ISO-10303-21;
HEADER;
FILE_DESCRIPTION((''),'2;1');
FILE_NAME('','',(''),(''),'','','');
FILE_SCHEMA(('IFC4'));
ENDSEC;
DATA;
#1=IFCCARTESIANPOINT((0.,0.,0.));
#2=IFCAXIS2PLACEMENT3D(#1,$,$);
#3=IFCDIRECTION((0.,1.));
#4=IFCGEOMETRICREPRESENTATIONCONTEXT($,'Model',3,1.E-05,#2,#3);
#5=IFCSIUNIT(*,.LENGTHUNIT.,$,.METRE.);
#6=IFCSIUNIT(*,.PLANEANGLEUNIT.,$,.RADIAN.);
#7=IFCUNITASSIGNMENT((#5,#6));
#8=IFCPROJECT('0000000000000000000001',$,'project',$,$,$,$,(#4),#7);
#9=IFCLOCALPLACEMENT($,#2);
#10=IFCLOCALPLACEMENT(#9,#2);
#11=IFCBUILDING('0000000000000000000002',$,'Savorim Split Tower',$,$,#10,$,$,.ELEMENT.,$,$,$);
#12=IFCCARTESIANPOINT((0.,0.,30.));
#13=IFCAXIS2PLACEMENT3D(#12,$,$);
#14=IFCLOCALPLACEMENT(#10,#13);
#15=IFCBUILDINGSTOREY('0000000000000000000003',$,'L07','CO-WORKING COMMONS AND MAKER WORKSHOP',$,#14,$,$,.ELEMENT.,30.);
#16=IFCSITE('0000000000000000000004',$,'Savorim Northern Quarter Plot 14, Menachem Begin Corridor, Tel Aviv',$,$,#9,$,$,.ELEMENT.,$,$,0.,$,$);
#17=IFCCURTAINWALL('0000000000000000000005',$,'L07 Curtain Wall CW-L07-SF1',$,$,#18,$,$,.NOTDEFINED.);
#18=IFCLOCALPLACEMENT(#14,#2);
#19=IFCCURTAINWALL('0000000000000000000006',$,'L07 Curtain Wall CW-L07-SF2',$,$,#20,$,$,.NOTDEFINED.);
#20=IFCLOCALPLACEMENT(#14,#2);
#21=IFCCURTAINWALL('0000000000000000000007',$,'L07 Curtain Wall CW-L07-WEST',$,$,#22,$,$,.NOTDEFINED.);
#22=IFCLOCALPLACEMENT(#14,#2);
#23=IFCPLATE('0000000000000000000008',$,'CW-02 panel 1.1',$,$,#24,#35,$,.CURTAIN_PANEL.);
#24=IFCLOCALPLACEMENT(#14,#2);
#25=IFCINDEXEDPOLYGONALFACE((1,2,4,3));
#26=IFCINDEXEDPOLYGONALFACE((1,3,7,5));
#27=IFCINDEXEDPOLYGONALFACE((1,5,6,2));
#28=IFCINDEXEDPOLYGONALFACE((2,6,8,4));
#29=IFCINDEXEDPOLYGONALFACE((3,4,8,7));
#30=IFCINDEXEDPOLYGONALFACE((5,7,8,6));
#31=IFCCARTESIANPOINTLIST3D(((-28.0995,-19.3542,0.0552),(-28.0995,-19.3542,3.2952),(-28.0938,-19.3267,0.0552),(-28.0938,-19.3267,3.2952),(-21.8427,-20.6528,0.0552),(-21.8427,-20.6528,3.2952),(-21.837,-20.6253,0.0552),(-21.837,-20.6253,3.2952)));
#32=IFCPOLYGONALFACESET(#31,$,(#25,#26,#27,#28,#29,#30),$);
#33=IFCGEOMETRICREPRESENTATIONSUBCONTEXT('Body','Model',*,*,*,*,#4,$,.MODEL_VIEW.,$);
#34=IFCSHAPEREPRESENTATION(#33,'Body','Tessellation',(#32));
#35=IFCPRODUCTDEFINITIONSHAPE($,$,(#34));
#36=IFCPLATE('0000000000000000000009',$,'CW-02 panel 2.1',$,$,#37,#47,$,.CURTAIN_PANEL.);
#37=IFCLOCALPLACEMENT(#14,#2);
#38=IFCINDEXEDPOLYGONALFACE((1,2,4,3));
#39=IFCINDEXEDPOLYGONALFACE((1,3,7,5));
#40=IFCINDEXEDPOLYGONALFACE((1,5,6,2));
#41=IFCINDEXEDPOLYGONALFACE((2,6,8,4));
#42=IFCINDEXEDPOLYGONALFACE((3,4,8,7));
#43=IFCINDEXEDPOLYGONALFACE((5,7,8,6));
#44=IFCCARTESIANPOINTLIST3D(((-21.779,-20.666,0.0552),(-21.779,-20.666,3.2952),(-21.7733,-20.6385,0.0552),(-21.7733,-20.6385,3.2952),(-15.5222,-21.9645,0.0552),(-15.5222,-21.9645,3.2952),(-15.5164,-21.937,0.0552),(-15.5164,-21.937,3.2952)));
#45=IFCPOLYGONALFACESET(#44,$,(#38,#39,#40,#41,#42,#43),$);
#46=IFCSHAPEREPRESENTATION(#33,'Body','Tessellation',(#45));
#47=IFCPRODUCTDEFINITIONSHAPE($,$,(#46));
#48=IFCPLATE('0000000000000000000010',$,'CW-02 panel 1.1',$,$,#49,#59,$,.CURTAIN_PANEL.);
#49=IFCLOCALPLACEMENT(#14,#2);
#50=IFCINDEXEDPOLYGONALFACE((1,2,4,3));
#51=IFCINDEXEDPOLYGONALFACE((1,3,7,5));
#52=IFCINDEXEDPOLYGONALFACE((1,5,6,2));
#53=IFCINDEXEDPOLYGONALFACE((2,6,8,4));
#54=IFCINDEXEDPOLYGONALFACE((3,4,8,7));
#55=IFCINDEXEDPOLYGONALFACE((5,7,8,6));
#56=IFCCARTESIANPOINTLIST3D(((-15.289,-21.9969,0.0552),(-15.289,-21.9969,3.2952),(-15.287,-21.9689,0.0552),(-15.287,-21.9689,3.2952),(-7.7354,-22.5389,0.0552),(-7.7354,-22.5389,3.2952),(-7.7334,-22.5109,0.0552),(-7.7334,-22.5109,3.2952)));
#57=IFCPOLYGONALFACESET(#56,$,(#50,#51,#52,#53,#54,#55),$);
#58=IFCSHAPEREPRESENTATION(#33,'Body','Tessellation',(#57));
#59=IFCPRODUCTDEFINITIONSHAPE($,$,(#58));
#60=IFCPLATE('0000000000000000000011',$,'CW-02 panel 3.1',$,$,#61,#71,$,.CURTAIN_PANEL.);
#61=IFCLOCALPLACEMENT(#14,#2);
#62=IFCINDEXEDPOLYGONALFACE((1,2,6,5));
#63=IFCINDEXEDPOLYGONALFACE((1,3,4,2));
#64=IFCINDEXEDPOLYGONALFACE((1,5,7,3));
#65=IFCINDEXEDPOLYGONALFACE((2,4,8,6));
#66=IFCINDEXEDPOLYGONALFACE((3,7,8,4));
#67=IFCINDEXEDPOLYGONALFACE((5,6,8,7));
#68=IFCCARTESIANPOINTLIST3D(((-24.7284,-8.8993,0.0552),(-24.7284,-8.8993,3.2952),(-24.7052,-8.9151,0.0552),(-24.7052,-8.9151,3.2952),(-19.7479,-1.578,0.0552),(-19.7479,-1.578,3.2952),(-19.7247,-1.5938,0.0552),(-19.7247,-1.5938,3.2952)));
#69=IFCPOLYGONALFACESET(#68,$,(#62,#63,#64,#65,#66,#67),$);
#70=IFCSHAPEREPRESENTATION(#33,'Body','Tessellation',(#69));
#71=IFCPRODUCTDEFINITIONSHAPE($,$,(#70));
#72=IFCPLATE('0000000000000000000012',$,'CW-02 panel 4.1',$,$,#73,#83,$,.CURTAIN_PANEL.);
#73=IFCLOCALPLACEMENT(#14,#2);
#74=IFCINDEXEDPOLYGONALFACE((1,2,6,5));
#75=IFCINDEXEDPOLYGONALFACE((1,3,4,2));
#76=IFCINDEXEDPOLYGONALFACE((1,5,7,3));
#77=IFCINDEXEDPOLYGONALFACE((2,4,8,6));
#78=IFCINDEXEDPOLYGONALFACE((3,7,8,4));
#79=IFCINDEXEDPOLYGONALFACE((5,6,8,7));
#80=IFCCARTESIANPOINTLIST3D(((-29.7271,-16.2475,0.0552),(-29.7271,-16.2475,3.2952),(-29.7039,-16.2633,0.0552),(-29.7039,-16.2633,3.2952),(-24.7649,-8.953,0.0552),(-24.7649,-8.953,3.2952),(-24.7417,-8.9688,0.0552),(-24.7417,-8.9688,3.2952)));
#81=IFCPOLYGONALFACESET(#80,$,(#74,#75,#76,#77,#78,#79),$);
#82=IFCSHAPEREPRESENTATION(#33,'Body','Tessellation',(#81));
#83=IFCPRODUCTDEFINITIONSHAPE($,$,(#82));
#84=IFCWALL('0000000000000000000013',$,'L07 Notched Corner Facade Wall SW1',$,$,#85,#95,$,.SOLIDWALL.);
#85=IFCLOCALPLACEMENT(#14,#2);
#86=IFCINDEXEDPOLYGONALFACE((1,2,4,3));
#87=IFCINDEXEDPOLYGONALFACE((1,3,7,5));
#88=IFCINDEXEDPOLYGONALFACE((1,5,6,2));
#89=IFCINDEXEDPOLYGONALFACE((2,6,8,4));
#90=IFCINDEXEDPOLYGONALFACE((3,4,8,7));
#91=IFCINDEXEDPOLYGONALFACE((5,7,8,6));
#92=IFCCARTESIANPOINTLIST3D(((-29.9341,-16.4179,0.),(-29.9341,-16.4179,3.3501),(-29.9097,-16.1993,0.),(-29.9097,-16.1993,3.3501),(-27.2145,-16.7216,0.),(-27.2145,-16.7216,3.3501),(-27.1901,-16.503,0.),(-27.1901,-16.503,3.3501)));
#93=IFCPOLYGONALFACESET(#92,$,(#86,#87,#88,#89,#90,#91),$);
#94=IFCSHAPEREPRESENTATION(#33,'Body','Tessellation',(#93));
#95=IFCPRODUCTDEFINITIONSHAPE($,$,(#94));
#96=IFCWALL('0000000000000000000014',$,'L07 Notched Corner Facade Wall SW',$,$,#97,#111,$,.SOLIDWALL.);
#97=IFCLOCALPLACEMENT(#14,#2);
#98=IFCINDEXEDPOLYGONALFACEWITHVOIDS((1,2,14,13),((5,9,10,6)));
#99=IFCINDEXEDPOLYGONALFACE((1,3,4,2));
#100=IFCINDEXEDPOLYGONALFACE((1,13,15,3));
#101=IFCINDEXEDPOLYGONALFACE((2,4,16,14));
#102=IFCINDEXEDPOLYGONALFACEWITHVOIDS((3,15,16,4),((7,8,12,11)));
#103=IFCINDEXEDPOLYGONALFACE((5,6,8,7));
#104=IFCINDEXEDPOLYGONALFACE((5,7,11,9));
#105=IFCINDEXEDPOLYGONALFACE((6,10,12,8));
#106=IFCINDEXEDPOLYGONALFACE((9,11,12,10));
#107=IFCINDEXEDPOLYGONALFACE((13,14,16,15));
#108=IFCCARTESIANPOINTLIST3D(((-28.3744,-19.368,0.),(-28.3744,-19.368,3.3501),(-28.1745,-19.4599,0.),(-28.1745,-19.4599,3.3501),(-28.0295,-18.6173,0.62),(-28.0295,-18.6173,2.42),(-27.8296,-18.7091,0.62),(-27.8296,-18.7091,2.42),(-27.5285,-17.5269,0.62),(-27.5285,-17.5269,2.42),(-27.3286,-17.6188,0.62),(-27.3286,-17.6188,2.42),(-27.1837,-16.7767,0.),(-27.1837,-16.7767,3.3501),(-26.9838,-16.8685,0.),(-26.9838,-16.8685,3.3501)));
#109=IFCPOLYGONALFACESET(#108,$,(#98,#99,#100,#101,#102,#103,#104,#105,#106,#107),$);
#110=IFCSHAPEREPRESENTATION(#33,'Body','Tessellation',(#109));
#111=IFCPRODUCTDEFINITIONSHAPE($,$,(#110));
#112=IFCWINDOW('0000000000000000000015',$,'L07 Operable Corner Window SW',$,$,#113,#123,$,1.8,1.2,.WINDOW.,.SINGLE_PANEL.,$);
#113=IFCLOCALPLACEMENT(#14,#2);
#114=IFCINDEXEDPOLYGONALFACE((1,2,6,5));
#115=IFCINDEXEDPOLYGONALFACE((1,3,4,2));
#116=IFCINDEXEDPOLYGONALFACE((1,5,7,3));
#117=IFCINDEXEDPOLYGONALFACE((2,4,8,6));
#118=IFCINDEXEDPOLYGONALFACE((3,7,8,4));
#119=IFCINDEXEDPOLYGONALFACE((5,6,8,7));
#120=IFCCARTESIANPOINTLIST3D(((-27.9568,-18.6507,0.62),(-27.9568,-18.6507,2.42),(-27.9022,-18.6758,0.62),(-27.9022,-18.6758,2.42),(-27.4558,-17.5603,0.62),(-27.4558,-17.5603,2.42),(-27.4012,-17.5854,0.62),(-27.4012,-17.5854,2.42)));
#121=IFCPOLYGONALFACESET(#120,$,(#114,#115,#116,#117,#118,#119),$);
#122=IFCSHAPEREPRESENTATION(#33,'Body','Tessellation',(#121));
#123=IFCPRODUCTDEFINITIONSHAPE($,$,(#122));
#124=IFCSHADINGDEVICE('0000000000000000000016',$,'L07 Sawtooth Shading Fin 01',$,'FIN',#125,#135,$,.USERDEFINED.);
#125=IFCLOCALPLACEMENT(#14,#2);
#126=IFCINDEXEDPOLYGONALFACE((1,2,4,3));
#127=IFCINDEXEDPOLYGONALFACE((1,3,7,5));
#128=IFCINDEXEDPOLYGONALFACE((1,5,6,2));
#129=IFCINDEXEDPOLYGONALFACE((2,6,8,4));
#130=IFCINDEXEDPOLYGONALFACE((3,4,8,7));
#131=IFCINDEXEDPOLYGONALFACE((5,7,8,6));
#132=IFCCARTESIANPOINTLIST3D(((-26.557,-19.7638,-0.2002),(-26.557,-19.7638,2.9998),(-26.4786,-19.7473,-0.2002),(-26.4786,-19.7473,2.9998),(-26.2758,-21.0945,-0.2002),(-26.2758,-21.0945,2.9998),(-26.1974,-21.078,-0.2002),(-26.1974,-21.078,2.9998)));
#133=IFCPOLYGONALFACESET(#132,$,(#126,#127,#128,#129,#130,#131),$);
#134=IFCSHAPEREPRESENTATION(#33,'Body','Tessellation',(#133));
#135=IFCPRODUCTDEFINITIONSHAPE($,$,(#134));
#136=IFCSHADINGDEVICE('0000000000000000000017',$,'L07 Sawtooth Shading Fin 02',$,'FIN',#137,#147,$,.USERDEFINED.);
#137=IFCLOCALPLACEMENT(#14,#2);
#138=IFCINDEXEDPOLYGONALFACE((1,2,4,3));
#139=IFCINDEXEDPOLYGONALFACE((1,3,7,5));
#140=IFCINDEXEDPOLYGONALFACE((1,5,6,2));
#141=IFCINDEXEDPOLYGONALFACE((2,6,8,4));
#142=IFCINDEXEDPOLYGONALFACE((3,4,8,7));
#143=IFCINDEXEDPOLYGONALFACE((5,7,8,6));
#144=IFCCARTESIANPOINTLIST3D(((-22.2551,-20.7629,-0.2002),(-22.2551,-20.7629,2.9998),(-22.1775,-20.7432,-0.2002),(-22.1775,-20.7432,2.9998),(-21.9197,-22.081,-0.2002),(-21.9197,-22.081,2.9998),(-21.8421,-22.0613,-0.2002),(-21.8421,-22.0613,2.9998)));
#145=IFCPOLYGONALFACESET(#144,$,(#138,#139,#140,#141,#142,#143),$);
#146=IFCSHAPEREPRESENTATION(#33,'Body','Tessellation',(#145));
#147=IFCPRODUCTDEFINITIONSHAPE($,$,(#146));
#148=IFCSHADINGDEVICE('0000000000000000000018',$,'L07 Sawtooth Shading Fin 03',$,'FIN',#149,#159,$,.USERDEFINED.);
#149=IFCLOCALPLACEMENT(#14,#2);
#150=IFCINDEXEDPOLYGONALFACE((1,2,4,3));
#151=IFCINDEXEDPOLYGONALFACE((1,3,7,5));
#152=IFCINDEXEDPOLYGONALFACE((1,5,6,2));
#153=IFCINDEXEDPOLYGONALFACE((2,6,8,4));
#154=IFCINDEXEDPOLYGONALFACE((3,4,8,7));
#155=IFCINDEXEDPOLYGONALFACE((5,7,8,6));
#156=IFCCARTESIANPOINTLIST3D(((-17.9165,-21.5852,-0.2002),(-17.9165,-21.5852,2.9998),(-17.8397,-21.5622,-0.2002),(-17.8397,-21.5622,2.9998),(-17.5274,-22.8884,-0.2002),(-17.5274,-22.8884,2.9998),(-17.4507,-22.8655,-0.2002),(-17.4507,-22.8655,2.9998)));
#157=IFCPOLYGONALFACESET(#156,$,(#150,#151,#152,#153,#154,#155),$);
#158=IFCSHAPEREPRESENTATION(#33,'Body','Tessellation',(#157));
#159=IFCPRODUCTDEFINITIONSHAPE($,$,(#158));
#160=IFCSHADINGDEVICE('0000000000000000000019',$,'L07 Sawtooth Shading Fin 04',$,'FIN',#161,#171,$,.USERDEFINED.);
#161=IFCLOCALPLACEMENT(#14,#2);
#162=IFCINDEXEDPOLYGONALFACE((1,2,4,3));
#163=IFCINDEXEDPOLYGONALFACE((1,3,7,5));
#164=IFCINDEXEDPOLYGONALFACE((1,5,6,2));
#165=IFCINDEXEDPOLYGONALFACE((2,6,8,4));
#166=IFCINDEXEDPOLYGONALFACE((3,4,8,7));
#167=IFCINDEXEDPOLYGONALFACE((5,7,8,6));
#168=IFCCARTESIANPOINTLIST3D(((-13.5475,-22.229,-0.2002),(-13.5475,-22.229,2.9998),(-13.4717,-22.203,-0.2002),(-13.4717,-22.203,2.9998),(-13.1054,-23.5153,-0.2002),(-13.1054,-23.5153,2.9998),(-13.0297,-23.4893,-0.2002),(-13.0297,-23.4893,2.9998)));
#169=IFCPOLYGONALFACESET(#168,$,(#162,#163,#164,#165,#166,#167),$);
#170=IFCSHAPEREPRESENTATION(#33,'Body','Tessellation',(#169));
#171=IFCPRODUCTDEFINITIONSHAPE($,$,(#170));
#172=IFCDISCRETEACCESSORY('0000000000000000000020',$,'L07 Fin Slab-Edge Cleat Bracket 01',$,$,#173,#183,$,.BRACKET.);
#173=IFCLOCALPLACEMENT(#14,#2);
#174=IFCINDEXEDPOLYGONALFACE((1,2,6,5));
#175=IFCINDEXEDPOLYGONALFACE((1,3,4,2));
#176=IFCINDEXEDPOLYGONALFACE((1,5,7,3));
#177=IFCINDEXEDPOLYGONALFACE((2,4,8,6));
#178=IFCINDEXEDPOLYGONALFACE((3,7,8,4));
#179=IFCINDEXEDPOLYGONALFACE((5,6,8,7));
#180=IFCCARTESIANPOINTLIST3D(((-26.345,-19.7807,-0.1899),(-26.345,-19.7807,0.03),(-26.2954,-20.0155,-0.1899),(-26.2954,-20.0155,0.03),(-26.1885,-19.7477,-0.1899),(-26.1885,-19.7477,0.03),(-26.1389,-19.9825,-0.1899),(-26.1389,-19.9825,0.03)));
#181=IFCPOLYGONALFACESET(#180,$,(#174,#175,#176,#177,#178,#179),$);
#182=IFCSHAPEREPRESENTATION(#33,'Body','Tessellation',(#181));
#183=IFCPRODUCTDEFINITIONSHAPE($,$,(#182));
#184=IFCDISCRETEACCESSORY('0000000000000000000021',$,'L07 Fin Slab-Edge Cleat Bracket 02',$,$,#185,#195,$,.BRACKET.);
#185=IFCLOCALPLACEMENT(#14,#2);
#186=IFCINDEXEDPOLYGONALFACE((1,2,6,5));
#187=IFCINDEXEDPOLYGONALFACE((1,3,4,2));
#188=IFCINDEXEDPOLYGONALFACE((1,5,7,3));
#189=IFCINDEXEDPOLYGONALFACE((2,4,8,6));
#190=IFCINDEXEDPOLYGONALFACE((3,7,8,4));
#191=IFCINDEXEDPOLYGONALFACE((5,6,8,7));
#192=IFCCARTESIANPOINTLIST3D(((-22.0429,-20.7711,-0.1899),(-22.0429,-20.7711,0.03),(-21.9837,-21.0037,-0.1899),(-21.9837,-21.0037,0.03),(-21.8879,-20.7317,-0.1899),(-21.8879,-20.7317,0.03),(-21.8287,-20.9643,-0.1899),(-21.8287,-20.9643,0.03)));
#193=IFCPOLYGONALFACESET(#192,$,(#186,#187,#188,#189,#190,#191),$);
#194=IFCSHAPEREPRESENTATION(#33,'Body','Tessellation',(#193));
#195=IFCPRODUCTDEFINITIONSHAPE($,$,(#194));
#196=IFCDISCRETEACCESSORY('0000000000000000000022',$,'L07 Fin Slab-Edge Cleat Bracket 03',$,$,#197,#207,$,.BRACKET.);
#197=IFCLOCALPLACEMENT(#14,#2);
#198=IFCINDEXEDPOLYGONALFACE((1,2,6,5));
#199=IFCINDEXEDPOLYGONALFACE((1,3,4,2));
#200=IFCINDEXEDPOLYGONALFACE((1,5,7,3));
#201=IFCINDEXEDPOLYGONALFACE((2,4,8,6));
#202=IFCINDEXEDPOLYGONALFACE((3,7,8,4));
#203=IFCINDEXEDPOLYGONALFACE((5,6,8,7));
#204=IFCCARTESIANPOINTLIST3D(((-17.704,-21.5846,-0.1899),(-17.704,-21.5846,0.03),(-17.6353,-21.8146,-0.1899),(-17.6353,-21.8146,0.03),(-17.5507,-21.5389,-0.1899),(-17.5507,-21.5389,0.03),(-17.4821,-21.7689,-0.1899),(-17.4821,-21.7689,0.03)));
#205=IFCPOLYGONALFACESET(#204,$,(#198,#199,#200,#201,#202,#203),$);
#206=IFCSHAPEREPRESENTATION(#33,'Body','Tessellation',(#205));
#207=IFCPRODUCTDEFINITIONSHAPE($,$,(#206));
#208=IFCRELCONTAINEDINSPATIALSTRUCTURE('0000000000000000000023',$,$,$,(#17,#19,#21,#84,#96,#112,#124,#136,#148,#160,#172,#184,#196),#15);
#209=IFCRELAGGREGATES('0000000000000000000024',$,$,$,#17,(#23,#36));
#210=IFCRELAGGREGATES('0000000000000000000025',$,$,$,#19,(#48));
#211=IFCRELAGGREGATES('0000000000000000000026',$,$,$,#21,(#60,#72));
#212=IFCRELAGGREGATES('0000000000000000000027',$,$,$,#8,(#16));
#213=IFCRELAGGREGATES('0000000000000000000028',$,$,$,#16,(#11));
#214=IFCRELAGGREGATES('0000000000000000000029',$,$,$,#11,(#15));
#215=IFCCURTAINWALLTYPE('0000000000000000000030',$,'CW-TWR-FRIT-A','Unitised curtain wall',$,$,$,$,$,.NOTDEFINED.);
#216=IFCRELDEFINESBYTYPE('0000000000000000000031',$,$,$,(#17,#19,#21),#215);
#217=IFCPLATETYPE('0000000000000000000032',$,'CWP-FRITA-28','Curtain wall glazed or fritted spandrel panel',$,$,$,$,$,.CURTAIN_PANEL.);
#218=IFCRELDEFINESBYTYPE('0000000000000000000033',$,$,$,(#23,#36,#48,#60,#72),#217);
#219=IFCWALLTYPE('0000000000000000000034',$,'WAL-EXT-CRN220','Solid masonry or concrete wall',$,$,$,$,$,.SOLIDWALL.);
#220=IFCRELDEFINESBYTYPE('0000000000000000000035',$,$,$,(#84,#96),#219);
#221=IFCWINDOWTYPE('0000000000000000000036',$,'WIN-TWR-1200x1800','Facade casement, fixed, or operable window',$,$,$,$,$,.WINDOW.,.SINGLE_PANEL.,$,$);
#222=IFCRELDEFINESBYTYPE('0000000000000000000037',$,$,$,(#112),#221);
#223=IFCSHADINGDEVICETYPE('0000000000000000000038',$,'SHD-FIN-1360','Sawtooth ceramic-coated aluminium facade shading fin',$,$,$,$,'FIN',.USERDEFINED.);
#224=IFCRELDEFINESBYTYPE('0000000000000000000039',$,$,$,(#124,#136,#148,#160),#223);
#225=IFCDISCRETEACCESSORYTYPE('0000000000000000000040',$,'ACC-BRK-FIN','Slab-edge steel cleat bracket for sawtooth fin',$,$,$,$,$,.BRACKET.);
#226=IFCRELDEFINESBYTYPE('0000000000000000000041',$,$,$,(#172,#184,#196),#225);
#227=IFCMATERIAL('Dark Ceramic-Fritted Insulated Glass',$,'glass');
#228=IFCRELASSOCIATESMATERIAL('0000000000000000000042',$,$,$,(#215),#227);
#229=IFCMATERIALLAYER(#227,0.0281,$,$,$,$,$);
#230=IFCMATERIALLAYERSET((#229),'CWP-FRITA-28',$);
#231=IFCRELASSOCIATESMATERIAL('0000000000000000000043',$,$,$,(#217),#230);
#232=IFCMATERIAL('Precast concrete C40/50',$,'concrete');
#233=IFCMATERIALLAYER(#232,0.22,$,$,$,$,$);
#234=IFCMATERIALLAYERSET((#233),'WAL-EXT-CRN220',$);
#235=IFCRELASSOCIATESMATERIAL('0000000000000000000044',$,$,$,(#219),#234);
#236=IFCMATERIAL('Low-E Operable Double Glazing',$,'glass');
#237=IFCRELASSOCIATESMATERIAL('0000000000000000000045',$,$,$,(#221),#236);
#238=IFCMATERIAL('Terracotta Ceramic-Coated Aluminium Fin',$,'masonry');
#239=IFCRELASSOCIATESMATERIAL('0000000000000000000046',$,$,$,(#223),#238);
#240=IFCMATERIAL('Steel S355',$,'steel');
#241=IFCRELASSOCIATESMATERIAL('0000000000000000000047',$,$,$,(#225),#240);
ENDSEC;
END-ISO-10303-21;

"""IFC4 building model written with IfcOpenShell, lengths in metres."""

from ifc_helpers import new_model, si_unit, direction, frame, frame_2d, origin, origin_2d, place, context, subcontext, project, spatial, rectangle, extrude, material, layer, layer_set, type_object, element, fill, aggregate, save


model = new_model("IFC4")

# Units and contexts
model_context = context("Model", 3, precision=1e-05, world=origin(), true_north=direction((0.0, 1.0)))
body_context = subcontext(model_context, "Body", "Model", "MODEL_VIEW")
ifc_project = project(units=[si_unit("LENGTHUNIT", "METRE"), si_unit("PLANEANGLEUNIT", "RADIAN")], contexts=[model_context])

# Site, building, storey
site_placement = place(None, origin())
site = spatial("IfcSite", under=ifc_project, at=site_placement, Name="Savorim Northern Quarter Plot 14, Menachem Begin Corridor, Tel Aviv", CompositionType="ELEMENT", RefElevation=0.0)
building_placement = place(site_placement, origin())
building = spatial("IfcBuilding", under=site, at=building_placement, Name="Savorim Split Tower", CompositionType="ELEMENT")
storey_placement = place(building_placement, frame((0.0, 0.0, 30.0)))
storey = spatial("IfcBuildingStorey", under=building, at=storey_placement, Name="L07", Description="CO-WORKING COMMONS AND MAKER WORKSHOP", CompositionType="ELEMENT", Elevation=30.0)

# Shared definitions
ifc_material_1 = material(Name="Steel S355", Category="steel")

# Curtain wall
ifc_material_2 = material(Name="Dark Ceramic-Fritted Insulated Glass", Category="glass")
curtain_wall_type = type_object("IfcCurtainWallType", Name="CW-TWR-FRIT-A", Description="Unitised curtain wall", PredefinedType="NOTDEFINED", material=ifc_material_2)
curtain_wall_1_placement = place(storey_placement, origin())
curtain_wall_1 = element("IfcCurtainWall", 1, at=curtain_wall_1_placement, inside=storey, type_object=curtain_wall_type, Name="L07 Curtain Wall CW-L07-SF1", PredefinedType="NOTDEFINED")

# Curtain wall
curtain_wall_2_placement = place(storey_placement, origin())
curtain_wall_2 = element("IfcCurtainWall", 2, at=curtain_wall_2_placement, inside=storey, type_object=curtain_wall_type, Name="L07 Curtain Wall CW-L07-SF2", PredefinedType="NOTDEFINED")

# Curtain wall
curtain_wall_3_placement = place(storey_placement, origin())
curtain_wall_3 = element("IfcCurtainWall", 3, at=curtain_wall_3_placement, inside=storey, type_object=curtain_wall_type, Name="L07 Curtain Wall CW-L07-WEST", PredefinedType="NOTDEFINED")

# Plates
ifc_layer_1 = layer(ifc_material_2, 0.0281)
ifc_layer_set_1 = layer_set([ifc_layer_1], Name="CWP-FRITA-28")
plate_type = type_object("IfcPlateType", Name="CWP-FRITA-28", Description="Curtain wall glazed or fritted spandrel panel", PredefinedType="CURTAIN_PANEL", material=ifc_layer_set_1)
plate_1_placement = place(storey_placement, frame((-24.9683, -19.9897, 0.0552), z_axis=(0.0, 0.0, 1.0), x_axis=(0.979135, -0.20321, 0.0)))
plate_1 = element("IfcPlate", 4, at=plate_1_placement, type_object=plate_type, Name="CW-02 panel 1.1", PredefinedType="CURTAIN_PANEL", context=body_context, shape_type="SweptSolid", body=[
    extrude(rectangle(XDim=6.3901, YDim=0.0281, at=origin_2d()), origin(), (0.0, 0.0, 1.0), 3.24),
])
plate_2_placement = place(storey_placement, frame((-18.6477, -21.3015, 0.0552), z_axis=(0.0, 0.0, 1.0), x_axis=(0.979135, -0.20321, 0.0)))
plate_2 = element("IfcPlate", 5, at=plate_2_placement, type_object=plate_type, Name="CW-02 panel 2.1", PredefinedType="CURTAIN_PANEL", context=body_context, shape_type="SweptSolid", body=[
    extrude(rectangle(XDim=6.3901, YDim=0.0281, at=origin_2d()), origin(), (0.0, 0.0, 1.0), 3.24),
])
aggregate(curtain_wall_1, [plate_1, plate_2])
plate_3_placement = place(storey_placement, frame((-11.5112, -22.2539, 0.0552), z_axis=(0.0, 0.0, 1.0), x_axis=(0.997436, -0.07156, 0.0)))
plate_3 = element("IfcPlate", 6, at=plate_3_placement, type_object=plate_type, Name="CW-02 panel 1.1", PredefinedType="CURTAIN_PANEL", context=body_context, shape_type="SweptSolid", body=[
    extrude(rectangle(XDim=7.573, YDim=0.0281, at=origin_2d()), origin(), (0.0, 0.0, 1.0), 3.24),
])
aggregate(curtain_wall_2, [plate_3])
plate_4_placement = place(storey_placement, frame((-22.2266, -5.2466, 0.0552), z_axis=(0.0, 0.0, 1.0), x_axis=(-0.562465, -0.826821, 0.0)))
plate_4 = element("IfcPlate", 7, at=plate_4_placement, type_object=plate_type, Name="CW-02 panel 3.1", PredefinedType="CURTAIN_PANEL", context=body_context, shape_type="SweptSolid", body=[
    extrude(rectangle(XDim=8.8547, YDim=0.0281, at=origin_2d()), origin(), (0.0, 0.0, 1.0), 3.24),
])
plate_5_placement = place(storey_placement, frame((-27.2344, -12.6082, 0.0552), z_axis=(0.0, 0.0, 1.0), x_axis=(-0.562465, -0.826821, 0.0)))
plate_5 = element("IfcPlate", 8, at=plate_5_placement, type_object=plate_type, Name="CW-02 panel 4.1", PredefinedType="CURTAIN_PANEL", context=body_context, shape_type="SweptSolid", body=[
    extrude(rectangle(XDim=8.8223, YDim=0.0281, at=origin_2d()), origin(), (0.0, 0.0, 1.0), 3.24),
])
aggregate(curtain_wall_3, [plate_4, plate_5])

# Wall
ifc_material_3 = material(Name="Precast concrete C40/50", Category="concrete")
ifc_layer_2 = layer(ifc_material_3, 0.22)
ifc_layer_set_2 = layer_set([ifc_layer_2], Name="WAL-EXT-CRN220")
wall_type = type_object("IfcWallType", Name="WAL-EXT-CRN220", Description="Solid masonry or concrete wall", PredefinedType="SOLIDWALL", material=ifc_layer_set_2)
wall_1_placement = place(storey_placement, frame((-27.2024, -16.6123, 0.0), z_axis=(0.0, 0.0, 1.0), x_axis=(-0.993823, 0.11098, 0.0)))
element("IfcWall", 9, at=wall_1_placement, inside=storey, type_object=wall_type, Name="L07 Notched Corner Facade Wall SW1", PredefinedType="SOLIDWALL", context=body_context, shape_type="SweptSolid", body=[
    extrude(rectangle(XDim=2.7366, YDim=0.22, at=frame_2d((1.3682, 0.0))), origin(), (0.0, 0.0, 1.0), 3.3501),
])

# Wall, opening, window
wall_2_placement = place(storey_placement, frame((-28.2744, -19.4138, 0.0), z_axis=(0.0, 0.0, 1.0), x_axis=(0.417521, 0.908667, 0.0)))
wall_2 = element("IfcWall", 10, at=wall_2_placement, inside=storey, type_object=wall_type, Name="L07 Notched Corner Facade Wall SW", PredefinedType="SOLIDWALL", context=body_context, shape_type="SweptSolid", body=[
    extrude(rectangle(XDim=2.8518, YDim=0.22, at=frame_2d((1.4258, 0.0))), origin(), (0.0, 0.0, 1.0), 3.3501),
])
opening_placement = place(wall_2_placement, frame((0.8259, 0.0, 0.6201)))
opening = element("IfcOpeningElement", 11, at=opening_placement, cuts=wall_2, PredefinedType="OPENING", context=body_context, shape_type="SweptSolid", body=[
    extrude(rectangle(XDim=1.2, YDim=1.8, at=frame_2d((0.6001, 0.8999))), frame((0.0, 0.1199, 0.0), z_axis=(0.0, -1.0, 0.0), x_axis=(1.0, 0.0, 0.0)), (0.0, 0.0, 1.0), 0.24),
])
ifc_material_4 = material(Name="Low-E Operable Double Glazing", Category="glass")
window_type = type_object("IfcWindowType", Name="WIN-TWR-1200x1800", Description="Facade casement, fixed, or operable window", PartitioningType="SINGLE_PANEL", PredefinedType="WINDOW", material=ifc_material_4)
window_placement = place(opening_placement, origin())
window = element("IfcWindow", 12, at=window_placement, inside=storey, type_object=window_type, Name="L07 Operable Corner Window SW", OverallHeight=1.8, OverallWidth=1.2, PartitioningType="SINGLE_PANEL", PredefinedType="WINDOW", context=body_context, shape_type="SweptSolid", body=[
    extrude(rectangle(XDim=1.2, YDim=1.8, at=frame_2d((0.6001, 0.8999))), frame((0.0, 0.03, 0.0), z_axis=(0.0, -1.0, 0.0), x_axis=(1.0, 0.0, 0.0)), (0.0, 0.0, 1.0), 0.0601),
])
fill(opening, window)

# Shading devices
ifc_material_5 = material(Name="Terracotta Ceramic-Coated Aluminium Fin", Category="masonry")
shading_device_type = type_object("IfcShadingDeviceType", Name="SHD-FIN-1360", Description="Sawtooth ceramic-coated aluminium facade shading fin", ElementType="FIN", PredefinedType="USERDEFINED", material=ifc_material_5)
for number, where, z_axis, x_axis, name in (
    (13, (-26.3772, -20.4209, -0.2002), (0.0, 0.0, 1.0), (0.206722, -0.9784, 0.0), "L07 Sawtooth Shading Fin 01"),
    (14, (-22.0486, -21.4121, -0.2002), (0.0, 0.0, 1.0), (0.246581, -0.969122, 0.0), "L07 Sawtooth Shading Fin 02"),
    (15, (-17.6836, -22.2253, -0.2002), (0.0, 0.0, 1.0), (0.286026, -0.958222, 0.0), "L07 Sawtooth Shading Fin 03"),
    (16, (-13.2886, -22.8591, -0.2002), (0.0, 0.0, 1.0), (0.324994, -0.945716, 0.0), "L07 Sawtooth Shading Fin 04"),
):
    element("IfcShadingDevice", number, at=place(storey_placement, frame(where, z_axis=z_axis, x_axis=x_axis)), inside=storey, type_object=shading_device_type, Name=name, ObjectType="FIN", PredefinedType="USERDEFINED", context=body_context, shape_type="SweptSolid", body=[
        extrude(rectangle(XDim=1.3601, YDim=0.0801, at=origin_2d()), origin(), (0.0, 0.0, 1.0), 3.2),
    ])

# Discrete accessories
discrete_accessory_type = type_object("IfcDiscreteAccessoryType", Name="ACC-BRK-FIN", Description="Slab-edge steel cleat bracket for sawtooth fin", PredefinedType="BRACKET", material=ifc_material_1)
for number, where, z_axis, x_axis, name in (
    (17, (-26.2419, -19.8816, -0.1899), (0.0, 0.0, 1.0), (0.206722, -0.9784, 0.0), "L07 Fin Slab-Edge Cleat Bracket 01"),
    (18, (-21.9358, -20.8677, -0.1899), (0.0, 0.0, 1.0), (0.246581, -0.969122, 0.0), "L07 Fin Slab-Edge Cleat Bracket 02"),
    (19, (-17.593, -21.6768, -0.1899), (0.0, 0.0, 1.0), (0.286026, -0.958222, 0.0), "L07 Fin Slab-Edge Cleat Bracket 03"),
):
    element("IfcDiscreteAccessory", number, at=place(storey_placement, frame(where, z_axis=z_axis, x_axis=x_axis)), inside=storey, type_object=discrete_accessory_type, Name=name, PredefinedType="BRACKET", context=body_context, shape_type="SweptSolid", body=[
        extrude(rectangle(XDim=0.24, YDim=0.1599, at=origin_2d()), origin(), (0.0, 0.0, 1.0), 0.22),
    ])

save(model, "model.ifc")
